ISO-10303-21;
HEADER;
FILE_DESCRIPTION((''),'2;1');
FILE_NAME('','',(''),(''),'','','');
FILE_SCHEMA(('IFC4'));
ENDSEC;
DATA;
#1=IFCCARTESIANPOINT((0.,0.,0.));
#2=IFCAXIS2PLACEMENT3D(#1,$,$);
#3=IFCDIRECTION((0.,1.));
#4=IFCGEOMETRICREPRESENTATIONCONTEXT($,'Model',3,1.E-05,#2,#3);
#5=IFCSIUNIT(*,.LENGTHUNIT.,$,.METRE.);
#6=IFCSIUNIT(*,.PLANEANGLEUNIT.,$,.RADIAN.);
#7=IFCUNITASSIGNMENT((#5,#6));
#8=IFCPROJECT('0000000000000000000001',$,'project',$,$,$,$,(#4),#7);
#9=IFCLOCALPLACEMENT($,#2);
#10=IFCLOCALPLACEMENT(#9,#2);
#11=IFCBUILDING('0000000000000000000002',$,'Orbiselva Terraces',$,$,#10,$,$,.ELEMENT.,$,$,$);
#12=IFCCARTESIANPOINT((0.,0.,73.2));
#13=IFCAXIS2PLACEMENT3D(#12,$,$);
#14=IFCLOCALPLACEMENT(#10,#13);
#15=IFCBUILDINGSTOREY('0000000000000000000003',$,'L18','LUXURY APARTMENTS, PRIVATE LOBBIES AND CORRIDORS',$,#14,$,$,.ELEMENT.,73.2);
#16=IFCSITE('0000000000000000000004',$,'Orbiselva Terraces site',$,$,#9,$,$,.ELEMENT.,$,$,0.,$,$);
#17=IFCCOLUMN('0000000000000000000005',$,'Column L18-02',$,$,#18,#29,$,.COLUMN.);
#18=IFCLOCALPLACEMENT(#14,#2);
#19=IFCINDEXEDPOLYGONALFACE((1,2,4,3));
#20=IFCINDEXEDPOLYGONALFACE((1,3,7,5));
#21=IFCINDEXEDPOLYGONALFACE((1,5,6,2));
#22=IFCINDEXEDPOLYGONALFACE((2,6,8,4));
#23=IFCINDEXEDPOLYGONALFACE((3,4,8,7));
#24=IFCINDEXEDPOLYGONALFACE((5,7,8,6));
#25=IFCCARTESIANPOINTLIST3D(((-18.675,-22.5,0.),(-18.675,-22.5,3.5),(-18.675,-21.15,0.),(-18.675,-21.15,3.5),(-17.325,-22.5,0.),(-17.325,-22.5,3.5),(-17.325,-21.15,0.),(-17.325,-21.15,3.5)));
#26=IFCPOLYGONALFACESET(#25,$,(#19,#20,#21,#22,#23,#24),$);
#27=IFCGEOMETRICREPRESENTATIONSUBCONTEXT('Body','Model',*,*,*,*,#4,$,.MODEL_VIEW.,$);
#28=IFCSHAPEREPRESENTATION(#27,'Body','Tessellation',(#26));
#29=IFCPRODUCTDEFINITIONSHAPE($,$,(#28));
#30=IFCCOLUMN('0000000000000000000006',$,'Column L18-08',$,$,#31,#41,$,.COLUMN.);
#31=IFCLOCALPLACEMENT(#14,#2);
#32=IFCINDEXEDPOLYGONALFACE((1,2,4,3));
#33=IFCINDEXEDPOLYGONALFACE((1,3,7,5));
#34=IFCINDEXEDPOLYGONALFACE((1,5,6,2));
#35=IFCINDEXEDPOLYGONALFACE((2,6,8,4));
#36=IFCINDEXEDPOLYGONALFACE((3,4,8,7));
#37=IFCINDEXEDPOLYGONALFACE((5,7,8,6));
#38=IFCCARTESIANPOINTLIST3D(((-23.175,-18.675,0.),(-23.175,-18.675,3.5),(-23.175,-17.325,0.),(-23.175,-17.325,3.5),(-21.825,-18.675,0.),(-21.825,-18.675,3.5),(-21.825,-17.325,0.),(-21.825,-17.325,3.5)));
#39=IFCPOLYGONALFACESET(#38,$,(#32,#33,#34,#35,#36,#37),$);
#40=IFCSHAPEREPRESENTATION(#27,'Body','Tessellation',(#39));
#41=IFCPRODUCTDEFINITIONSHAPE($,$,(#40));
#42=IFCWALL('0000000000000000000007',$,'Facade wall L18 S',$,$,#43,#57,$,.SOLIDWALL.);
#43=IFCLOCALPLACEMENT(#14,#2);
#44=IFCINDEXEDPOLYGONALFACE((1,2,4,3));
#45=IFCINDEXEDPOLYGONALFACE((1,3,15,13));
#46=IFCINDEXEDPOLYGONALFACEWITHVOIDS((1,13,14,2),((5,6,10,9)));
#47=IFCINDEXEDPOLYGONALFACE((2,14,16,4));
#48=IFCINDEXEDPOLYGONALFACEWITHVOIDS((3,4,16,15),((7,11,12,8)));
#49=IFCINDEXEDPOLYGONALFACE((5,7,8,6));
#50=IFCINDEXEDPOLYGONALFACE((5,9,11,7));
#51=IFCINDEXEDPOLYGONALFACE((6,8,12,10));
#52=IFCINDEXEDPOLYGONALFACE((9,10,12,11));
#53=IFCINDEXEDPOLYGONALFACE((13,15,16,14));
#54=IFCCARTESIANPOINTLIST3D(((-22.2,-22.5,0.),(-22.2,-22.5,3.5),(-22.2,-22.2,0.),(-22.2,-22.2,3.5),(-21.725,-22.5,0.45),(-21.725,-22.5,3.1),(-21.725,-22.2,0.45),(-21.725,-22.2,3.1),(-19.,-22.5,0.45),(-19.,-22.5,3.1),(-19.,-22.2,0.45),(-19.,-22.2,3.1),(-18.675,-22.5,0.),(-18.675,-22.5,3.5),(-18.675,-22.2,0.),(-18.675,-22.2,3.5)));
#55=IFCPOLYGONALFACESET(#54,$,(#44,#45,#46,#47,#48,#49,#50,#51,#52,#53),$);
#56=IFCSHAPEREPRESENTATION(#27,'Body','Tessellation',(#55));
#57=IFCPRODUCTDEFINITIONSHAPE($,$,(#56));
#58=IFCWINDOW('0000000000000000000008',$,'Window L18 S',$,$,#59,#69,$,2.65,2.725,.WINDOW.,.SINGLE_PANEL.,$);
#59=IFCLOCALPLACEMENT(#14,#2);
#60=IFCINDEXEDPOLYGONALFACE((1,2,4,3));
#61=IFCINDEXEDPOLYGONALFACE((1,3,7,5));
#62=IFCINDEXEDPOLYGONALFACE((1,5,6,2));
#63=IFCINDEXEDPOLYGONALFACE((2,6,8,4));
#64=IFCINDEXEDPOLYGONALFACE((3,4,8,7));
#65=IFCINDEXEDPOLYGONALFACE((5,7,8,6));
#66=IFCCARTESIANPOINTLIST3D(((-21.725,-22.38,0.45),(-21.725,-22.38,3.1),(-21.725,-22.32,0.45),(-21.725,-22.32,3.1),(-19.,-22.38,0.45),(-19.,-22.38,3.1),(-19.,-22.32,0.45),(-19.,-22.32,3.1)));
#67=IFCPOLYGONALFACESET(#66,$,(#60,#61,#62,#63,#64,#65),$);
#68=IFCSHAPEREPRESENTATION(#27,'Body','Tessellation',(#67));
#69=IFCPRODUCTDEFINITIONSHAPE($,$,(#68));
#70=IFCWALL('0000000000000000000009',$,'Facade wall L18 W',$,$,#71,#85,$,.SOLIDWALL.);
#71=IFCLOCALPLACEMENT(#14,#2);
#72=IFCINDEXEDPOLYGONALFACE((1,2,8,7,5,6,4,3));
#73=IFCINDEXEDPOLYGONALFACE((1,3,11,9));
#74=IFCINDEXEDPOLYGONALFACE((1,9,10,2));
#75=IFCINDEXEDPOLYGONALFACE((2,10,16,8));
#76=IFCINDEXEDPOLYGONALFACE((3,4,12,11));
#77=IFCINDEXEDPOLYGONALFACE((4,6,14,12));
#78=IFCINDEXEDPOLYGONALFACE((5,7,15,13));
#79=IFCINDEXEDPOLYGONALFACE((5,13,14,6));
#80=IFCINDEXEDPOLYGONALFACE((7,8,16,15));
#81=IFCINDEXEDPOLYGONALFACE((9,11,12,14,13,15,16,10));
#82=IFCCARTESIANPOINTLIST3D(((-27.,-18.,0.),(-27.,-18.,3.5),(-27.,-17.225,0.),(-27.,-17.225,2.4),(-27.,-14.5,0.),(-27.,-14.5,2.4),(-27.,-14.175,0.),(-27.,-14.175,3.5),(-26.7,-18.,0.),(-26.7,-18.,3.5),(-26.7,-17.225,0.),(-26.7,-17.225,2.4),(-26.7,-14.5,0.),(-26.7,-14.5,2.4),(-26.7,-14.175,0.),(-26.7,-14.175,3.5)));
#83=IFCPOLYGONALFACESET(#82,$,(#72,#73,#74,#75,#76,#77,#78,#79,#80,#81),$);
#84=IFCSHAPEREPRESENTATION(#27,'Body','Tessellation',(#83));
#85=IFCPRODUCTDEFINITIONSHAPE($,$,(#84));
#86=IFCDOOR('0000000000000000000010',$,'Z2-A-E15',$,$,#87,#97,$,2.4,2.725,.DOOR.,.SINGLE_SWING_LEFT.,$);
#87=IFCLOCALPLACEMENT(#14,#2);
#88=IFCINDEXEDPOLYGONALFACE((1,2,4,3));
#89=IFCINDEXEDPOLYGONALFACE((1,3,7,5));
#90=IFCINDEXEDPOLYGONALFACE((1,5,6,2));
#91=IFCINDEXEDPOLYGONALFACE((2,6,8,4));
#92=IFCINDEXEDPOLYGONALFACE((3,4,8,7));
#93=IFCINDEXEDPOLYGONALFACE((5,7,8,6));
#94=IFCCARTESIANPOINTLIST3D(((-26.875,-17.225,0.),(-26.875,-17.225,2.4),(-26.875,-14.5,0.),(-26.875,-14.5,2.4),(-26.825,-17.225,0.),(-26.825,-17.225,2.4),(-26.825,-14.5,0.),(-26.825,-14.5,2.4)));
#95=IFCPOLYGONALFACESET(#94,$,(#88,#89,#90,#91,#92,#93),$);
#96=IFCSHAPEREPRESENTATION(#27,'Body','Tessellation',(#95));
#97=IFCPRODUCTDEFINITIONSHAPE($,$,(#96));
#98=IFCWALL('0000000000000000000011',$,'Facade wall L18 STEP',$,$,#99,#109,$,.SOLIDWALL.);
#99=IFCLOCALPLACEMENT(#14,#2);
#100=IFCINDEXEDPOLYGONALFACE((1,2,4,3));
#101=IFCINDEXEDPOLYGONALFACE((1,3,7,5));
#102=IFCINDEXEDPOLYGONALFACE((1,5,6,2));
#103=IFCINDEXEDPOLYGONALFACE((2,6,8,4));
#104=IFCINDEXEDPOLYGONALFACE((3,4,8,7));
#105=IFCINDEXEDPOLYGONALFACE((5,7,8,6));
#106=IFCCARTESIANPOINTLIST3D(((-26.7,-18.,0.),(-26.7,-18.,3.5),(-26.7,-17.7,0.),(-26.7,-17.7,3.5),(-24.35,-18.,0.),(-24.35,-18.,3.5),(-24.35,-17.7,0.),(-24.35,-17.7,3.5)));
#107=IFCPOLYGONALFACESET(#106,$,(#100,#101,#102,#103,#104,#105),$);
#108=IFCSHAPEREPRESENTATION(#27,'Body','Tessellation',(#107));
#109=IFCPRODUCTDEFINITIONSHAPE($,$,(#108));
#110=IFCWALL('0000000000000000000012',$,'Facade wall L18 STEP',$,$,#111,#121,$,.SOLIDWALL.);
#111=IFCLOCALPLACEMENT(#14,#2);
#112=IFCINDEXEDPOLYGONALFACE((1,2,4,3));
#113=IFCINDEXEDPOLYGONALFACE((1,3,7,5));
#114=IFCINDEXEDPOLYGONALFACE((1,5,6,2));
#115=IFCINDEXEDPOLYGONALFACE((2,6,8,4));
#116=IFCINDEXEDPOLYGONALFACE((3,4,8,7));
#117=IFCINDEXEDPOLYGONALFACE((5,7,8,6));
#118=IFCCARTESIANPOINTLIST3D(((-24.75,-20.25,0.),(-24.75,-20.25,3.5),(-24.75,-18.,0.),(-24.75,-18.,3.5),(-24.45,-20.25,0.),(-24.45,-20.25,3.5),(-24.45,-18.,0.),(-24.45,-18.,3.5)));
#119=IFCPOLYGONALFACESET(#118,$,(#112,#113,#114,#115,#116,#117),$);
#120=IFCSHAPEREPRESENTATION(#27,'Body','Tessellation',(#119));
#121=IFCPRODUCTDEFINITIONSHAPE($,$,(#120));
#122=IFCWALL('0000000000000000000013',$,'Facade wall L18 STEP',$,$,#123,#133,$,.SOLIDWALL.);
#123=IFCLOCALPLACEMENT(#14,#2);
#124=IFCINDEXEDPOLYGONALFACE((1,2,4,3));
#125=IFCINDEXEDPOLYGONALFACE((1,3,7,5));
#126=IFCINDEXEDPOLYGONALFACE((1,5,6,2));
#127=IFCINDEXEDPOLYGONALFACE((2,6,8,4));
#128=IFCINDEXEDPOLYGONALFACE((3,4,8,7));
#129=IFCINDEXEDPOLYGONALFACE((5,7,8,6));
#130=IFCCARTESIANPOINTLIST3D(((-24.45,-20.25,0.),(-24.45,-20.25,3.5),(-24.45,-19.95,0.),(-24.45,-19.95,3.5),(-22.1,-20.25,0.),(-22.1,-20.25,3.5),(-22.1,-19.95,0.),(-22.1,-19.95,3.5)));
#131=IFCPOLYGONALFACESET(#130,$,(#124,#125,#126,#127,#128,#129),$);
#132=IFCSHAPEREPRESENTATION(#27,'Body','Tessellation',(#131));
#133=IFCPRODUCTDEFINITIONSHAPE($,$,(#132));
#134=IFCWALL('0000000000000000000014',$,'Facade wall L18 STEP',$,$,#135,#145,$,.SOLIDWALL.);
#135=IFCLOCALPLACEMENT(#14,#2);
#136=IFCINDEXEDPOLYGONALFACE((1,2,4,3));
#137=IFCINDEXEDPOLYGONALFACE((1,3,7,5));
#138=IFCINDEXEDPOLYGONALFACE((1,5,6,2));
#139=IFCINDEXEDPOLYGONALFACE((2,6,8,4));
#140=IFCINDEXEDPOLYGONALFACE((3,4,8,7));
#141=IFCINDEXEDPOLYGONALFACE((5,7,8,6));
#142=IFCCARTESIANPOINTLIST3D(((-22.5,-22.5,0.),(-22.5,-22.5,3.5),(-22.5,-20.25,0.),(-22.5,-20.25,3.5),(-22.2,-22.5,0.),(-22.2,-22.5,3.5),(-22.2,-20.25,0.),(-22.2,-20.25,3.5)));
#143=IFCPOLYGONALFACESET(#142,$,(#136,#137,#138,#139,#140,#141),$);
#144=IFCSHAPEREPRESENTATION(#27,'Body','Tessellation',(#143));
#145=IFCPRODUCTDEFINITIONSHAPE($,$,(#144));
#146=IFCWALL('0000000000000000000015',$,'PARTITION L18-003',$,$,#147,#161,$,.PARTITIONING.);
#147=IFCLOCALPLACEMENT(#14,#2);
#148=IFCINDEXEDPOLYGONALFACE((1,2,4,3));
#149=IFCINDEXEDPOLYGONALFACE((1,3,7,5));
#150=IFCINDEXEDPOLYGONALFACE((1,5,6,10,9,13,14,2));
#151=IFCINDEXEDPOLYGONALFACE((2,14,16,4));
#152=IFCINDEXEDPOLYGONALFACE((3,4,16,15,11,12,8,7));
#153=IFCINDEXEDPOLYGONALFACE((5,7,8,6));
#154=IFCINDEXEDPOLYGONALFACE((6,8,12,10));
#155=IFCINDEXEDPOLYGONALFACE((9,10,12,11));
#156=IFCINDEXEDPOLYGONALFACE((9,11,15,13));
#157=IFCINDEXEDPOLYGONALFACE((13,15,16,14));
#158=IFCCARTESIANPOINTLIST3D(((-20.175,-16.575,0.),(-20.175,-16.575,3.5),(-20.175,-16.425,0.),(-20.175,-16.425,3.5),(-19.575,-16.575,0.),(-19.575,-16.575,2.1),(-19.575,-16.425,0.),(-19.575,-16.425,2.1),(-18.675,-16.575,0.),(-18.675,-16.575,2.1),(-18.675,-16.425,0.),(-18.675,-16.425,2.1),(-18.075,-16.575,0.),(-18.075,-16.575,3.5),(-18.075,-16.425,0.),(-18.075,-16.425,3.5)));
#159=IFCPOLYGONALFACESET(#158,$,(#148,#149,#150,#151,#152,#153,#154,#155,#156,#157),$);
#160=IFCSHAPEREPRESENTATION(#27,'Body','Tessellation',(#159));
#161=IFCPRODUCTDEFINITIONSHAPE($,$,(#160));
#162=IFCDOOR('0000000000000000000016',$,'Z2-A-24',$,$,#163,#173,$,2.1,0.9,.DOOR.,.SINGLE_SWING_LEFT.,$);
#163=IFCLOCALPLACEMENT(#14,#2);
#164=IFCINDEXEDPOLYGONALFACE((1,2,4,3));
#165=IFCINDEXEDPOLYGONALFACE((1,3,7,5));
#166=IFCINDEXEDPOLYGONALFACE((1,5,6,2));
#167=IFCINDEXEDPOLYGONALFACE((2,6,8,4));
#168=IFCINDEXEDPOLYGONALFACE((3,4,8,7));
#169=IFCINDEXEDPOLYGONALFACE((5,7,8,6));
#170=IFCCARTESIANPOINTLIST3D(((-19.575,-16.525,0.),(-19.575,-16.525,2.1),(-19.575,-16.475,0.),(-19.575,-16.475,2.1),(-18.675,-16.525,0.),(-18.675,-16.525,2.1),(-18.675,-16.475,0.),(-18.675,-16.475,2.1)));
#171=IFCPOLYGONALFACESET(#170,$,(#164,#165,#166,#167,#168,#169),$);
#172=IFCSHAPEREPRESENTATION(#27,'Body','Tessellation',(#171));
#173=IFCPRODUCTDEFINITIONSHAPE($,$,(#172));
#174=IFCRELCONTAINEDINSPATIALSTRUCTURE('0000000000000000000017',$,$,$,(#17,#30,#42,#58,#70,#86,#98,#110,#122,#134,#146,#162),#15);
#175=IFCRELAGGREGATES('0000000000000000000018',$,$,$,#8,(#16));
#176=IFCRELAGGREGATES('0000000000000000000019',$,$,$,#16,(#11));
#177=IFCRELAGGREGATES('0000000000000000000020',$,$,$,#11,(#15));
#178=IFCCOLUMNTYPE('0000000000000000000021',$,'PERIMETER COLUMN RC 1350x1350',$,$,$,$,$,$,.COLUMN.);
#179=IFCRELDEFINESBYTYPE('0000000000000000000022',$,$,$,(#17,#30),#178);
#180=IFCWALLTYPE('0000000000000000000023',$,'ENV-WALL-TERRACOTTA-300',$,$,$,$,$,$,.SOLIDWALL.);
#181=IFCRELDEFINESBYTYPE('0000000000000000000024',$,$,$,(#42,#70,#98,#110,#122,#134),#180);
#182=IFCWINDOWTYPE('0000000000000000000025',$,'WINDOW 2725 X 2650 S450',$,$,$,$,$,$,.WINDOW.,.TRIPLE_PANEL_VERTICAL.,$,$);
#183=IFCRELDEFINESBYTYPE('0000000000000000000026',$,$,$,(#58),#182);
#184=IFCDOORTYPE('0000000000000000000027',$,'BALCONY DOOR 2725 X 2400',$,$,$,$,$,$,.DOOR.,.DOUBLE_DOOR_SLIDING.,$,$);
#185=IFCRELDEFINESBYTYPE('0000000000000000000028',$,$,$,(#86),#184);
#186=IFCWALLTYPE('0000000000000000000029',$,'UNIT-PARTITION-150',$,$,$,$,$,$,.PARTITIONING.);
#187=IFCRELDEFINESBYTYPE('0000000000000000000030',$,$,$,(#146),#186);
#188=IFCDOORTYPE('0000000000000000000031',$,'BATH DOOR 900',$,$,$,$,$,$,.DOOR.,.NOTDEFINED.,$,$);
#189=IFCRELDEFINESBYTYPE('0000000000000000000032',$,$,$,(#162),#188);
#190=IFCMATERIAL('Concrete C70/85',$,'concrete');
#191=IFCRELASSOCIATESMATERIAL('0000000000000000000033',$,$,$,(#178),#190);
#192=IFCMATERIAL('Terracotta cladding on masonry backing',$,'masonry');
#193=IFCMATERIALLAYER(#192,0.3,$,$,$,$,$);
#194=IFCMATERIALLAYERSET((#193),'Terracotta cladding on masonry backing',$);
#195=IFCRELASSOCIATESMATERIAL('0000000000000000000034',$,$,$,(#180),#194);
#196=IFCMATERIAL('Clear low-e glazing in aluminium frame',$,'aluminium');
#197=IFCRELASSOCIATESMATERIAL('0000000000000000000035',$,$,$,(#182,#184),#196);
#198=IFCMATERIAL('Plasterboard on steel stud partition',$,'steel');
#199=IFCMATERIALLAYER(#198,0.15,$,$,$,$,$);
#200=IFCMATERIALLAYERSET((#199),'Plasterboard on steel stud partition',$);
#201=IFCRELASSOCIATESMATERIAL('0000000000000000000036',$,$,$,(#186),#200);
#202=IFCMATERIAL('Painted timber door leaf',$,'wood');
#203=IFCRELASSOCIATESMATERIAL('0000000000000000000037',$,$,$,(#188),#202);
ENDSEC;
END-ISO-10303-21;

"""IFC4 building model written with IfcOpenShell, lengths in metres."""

from ifc_helpers import new_model, si_unit, direction, frame, frame_2d, origin, origin_2d, place, context, subcontext, project, spatial, rectangle, extrude, material, layer, layer_set, material_profile, profile_set, type_object, element, fill, save


model = new_model("IFC4")

# Units and contexts
model_context = context("Model", 3, precision=1e-05, world=origin(), true_north=direction((0.0, 1.0)))
body_context = subcontext(model_context, "Body", "Model", "MODEL_VIEW")
ifc_project = project(units=[si_unit("LENGTHUNIT", "METRE"), si_unit("PLANEANGLEUNIT", "RADIAN")], contexts=[model_context])

# Site, building, storey
site_placement = place(None, origin())
site = spatial("IfcSite", under=ifc_project, at=site_placement, Name="Orbiselva Terraces site", CompositionType="ELEMENT", RefElevation=0.0)
building_placement = place(site_placement, origin())
building = spatial("IfcBuilding", under=site, at=building_placement, Name="Orbiselva Terraces", CompositionType="ELEMENT")
storey_placement = place(building_placement, frame((0.0, 0.0, 73.2)))
storey = spatial("IfcBuildingStorey", under=building, at=storey_placement, Name="L18", Description="LUXURY APARTMENTS, PRIVATE LOBBIES AND CORRIDORS", CompositionType="ELEMENT", Elevation=73.2)

# Columns
ifc_material_1 = material(Name="Concrete C70/85", Category="concrete")
ifc_material_profile = material_profile(ifc_material_1, rectangle(XDim=1.35, YDim=1.35, at=origin_2d()), Name="RC 1350x1350")
ifc_profile_set = profile_set([ifc_material_profile], Name="Concrete C70/85")
column_type = type_object("IfcColumnType", Name="PERIMETER COLUMN RC 1350x1350", PredefinedType="COLUMN", material=ifc_profile_set)
for number, where, z_axis, x_axis, name in (
    (1, (-18.0, -21.825, 0.0), (0.0, 0.0, 1.0), (1.0, 0.0, 0.0), "Column L18-02"),
    (2, (-22.5, -18.0, 0.0), (0.0, 0.0, 1.0), (1.0, 0.0, 0.0), "Column L18-08"),
):
    element("IfcColumn", number, at=place(storey_placement, frame(where, z_axis=z_axis, x_axis=x_axis)), inside=storey, type_object=column_type, Name=name, PredefinedType="COLUMN", context=body_context, shape_type="SweptSolid", body=[
        extrude(rectangle(XDim=1.35, YDim=1.35, at=origin_2d()), origin(), (0.0, 0.0, 1.0), 3.5),
    ])

# Wall, opening, window
ifc_material_2 = material(Name="Terracotta cladding on masonry backing", Category="masonry")
ifc_layer_1 = layer(ifc_material_2, 0.3)
ifc_layer_set_1 = layer_set([ifc_layer_1], Name="Terracotta cladding on masonry backing")
wall_type_1 = type_object("IfcWallType", Name="ENV-WALL-TERRACOTTA-300", PredefinedType="SOLIDWALL", material=ifc_layer_set_1)
wall_1_placement = place(storey_placement, frame((-18.675, -22.35, 0.0), z_axis=(0.0, 0.0, 1.0), x_axis=(-1.0, 0.0, 0.0)))
wall_1 = element("IfcWall", 3, at=wall_1_placement, inside=storey, type_object=wall_type_1, Name="Facade wall L18 S", PredefinedType="SOLIDWALL", context=body_context, shape_type="SweptSolid", body=[
    extrude(rectangle(XDim=3.525, YDim=0.3, at=frame_2d((1.7625, 0.0))), origin(), (0.0, 0.0, 1.0), 3.5),
])
opening_1_placement = place(wall_1_placement, frame((0.325, 0.0, 0.45)))
opening_1 = element("IfcOpeningElement", 4, at=opening_1_placement, cuts=wall_1, PredefinedType="OPENING", context=body_context, shape_type="SweptSolid", body=[
    extrude(rectangle(XDim=2.725, YDim=2.65, at=frame_2d((1.3625, 1.325))), frame((0.0, 0.16, 0.0), z_axis=(0.0, -1.0, 0.0), x_axis=(1.0, 0.0, 0.0)), (0.0, 0.0, 1.0), 0.32),
])
ifc_material_3 = material(Name="Clear low-e glazing in aluminium frame", Category="aluminium")
window_type = type_object("IfcWindowType", Name="WINDOW 2725 X 2650 S450", PartitioningType="TRIPLE_PANEL_VERTICAL", PredefinedType="WINDOW", material=ifc_material_3)
window_placement = place(opening_1_placement, origin())
window = element("IfcWindow", 5, at=window_placement, inside=storey, type_object=window_type, Name="Window L18 S", OverallHeight=2.65, OverallWidth=2.725, PartitioningType="SINGLE_PANEL", PredefinedType="WINDOW", context=body_context, shape_type="SweptSolid", body=[
    extrude(rectangle(XDim=2.725, YDim=2.65, at=frame_2d((1.3625, 1.325))), frame((0.0, 0.03, 0.0), z_axis=(0.0, -1.0, 0.0), x_axis=(1.0, 0.0, 0.0)), (0.0, 0.0, 1.0), 0.06),
])
fill(opening_1, window)

# Wall, opening, door
wall_2_placement = place(storey_placement, frame((-26.85, -18.0, 0.0), z_axis=(0.0, 0.0, 1.0), x_axis=(0.0, 1.0, 0.0)))
wall_2 = element("IfcWall", 6, at=wall_2_placement, inside=storey, type_object=wall_type_1, Name="Facade wall L18 W", PredefinedType="SOLIDWALL", context=body_context, shape_type="SweptSolid", body=[
    extrude(rectangle(XDim=3.825, YDim=0.3, at=frame_2d((1.9125, 0.0))), origin(), (0.0, 0.0, 1.0), 3.5),
])
opening_2_placement = place(wall_2_placement, frame((0.775, 0.0, 0.0)))
opening_2 = element("IfcOpeningElement", 7, at=opening_2_placement, cuts=wall_2, PredefinedType="OPENING", context=body_context, shape_type="SweptSolid", body=[
    extrude(rectangle(XDim=2.725, YDim=2.4, at=frame_2d((1.3625, 1.2))), frame((0.0, 0.16, 0.0), z_axis=(0.0, -1.0, 0.0), x_axis=(1.0, 0.0, 0.0)), (0.0, 0.0, 1.0), 0.32),
])
door_type_1 = type_object("IfcDoorType", Name="BALCONY DOOR 2725 X 2400", OperationType="DOUBLE_DOOR_SLIDING", PredefinedType="DOOR", material=ifc_material_3)
door_1_placement = place(opening_2_placement, origin())
door_1 = element("IfcDoor", 8, at=door_1_placement, inside=storey, type_object=door_type_1, Name="Z2-A-E15", OperationType="SINGLE_SWING_LEFT", OverallHeight=2.4, OverallWidth=2.725, PredefinedType="DOOR", context=body_context, shape_type="SweptSolid", body=[
    extrude(rectangle(XDim=2.725, YDim=2.4, at=frame_2d((1.3625, 1.2))), frame((0.0, 0.025, 0.0), z_axis=(0.0, -1.0, 0.0), x_axis=(1.0, 0.0, 0.0)), (0.0, 0.0, 1.0), 0.05),
])
fill(opening_2, door_1)

# Walls
wall_3_placement = place(storey_placement, frame((-24.35, -17.85, 0.0), z_axis=(0.0, 0.0, 1.0), x_axis=(-1.0, 0.0, 0.0)))
element("IfcWall", 9, at=wall_3_placement, inside=storey, type_object=wall_type_1, Name="Facade wall L18 STEP", PredefinedType="SOLIDWALL", context=body_context, shape_type="SweptSolid", body=[
    extrude(rectangle(XDim=2.35, YDim=0.3, at=frame_2d((1.175, 0.0))), origin(), (0.0, 0.0, 1.0), 3.5),
])
wall_4_placement = place(storey_placement, frame((-24.6, -20.25, 0.0), z_axis=(0.0, 0.0, 1.0), x_axis=(0.0, 1.0, 0.0)))
element("IfcWall", 10, at=wall_4_placement, inside=storey, type_object=wall_type_1, Name="Facade wall L18 STEP", PredefinedType="SOLIDWALL", context=body_context, shape_type="SweptSolid", body=[
    extrude(rectangle(XDim=2.25, YDim=0.3, at=frame_2d((1.125, 0.0))), origin(), (0.0, 0.0, 1.0), 3.5),
])
wall_5_placement = place(storey_placement, frame((-22.1, -20.1, 0.0), z_axis=(0.0, 0.0, 1.0), x_axis=(-1.0, 0.0, 0.0)))
element("IfcWall", 11, at=wall_5_placement, inside=storey, type_object=wall_type_1, Name="Facade wall L18 STEP", PredefinedType="SOLIDWALL", context=body_context, shape_type="SweptSolid", body=[
    extrude(rectangle(XDim=2.35, YDim=0.3, at=frame_2d((1.175, 0.0))), origin(), (0.0, 0.0, 1.0), 3.5),
])
wall_6_placement = place(storey_placement, frame((-22.35, -22.5, 0.0), z_axis=(0.0, 0.0, 1.0), x_axis=(0.0, 1.0, 0.0)))
element("IfcWall", 12, at=wall_6_placement, inside=storey, type_object=wall_type_1, Name="Facade wall L18 STEP", PredefinedType="SOLIDWALL", context=body_context, shape_type="SweptSolid", body=[
    extrude(rectangle(XDim=2.25, YDim=0.3, at=frame_2d((1.125, 0.0))), origin(), (0.0, 0.0, 1.0), 3.5),
])

# Wall, opening, door
ifc_material_4 = material(Name="Plasterboard on steel stud partition", Category="steel")
ifc_layer_2 = layer(ifc_material_4, 0.15)
ifc_layer_set_2 = layer_set([ifc_layer_2], Name="Plasterboard on steel stud partition")
wall_type_2 = type_object("IfcWallType", Name="UNIT-PARTITION-150", PredefinedType="PARTITIONING", material=ifc_layer_set_2)
wall_7_placement = place(storey_placement, frame((-20.175, -16.5, 0.0), z_axis=(0.0, 0.0, 1.0), x_axis=(1.0, 0.0, 0.0)))
wall_7 = element("IfcWall", 13, at=wall_7_placement, inside=storey, type_object=wall_type_2, Name="PARTITION L18-003", PredefinedType="PARTITIONING", context=body_context, shape_type="SweptSolid", body=[
    extrude(rectangle(XDim=2.1, YDim=0.15, at=frame_2d((1.05, 0.0))), origin(), (0.0, 0.0, 1.0), 3.5),
])
opening_3_placement = place(wall_7_placement, frame((0.6, 0.0, 0.0)))
opening_3 = element("IfcOpeningElement", 14, at=opening_3_placement, cuts=wall_7, PredefinedType="OPENING", context=body_context, shape_type="SweptSolid", body=[
    extrude(rectangle(XDim=0.9, YDim=2.1, at=frame_2d((0.45, 1.05))), frame((0.0, 0.085, 0.0), z_axis=(0.0, -1.0, 0.0), x_axis=(1.0, 0.0, 0.0)), (0.0, 0.0, 1.0), 0.17),
])
ifc_material_5 = material(Name="Painted timber door leaf", Category="wood")
door_type_2 = type_object("IfcDoorType", Name="BATH DOOR 900", OperationType="NOTDEFINED", PredefinedType="DOOR", material=ifc_material_5)
door_2_placement = place(opening_3_placement, origin())
door_2 = element("IfcDoor", 15, at=door_2_placement, inside=storey, type_object=door_type_2, Name="Z2-A-24", OperationType="SINGLE_SWING_LEFT", OverallHeight=2.1, OverallWidth=0.9, PredefinedType="DOOR", context=body_context, shape_type="SweptSolid", body=[
    extrude(rectangle(XDim=0.9, YDim=2.1, at=frame_2d((0.45, 1.05))), frame((0.0, 0.025, 0.0), z_axis=(0.0, -1.0, 0.0), x_axis=(1.0, 0.0, 0.0)), (0.0, 0.0, 1.0), 0.05),
])
fill(opening_3, door_2)

save(model, "model.ifc")
